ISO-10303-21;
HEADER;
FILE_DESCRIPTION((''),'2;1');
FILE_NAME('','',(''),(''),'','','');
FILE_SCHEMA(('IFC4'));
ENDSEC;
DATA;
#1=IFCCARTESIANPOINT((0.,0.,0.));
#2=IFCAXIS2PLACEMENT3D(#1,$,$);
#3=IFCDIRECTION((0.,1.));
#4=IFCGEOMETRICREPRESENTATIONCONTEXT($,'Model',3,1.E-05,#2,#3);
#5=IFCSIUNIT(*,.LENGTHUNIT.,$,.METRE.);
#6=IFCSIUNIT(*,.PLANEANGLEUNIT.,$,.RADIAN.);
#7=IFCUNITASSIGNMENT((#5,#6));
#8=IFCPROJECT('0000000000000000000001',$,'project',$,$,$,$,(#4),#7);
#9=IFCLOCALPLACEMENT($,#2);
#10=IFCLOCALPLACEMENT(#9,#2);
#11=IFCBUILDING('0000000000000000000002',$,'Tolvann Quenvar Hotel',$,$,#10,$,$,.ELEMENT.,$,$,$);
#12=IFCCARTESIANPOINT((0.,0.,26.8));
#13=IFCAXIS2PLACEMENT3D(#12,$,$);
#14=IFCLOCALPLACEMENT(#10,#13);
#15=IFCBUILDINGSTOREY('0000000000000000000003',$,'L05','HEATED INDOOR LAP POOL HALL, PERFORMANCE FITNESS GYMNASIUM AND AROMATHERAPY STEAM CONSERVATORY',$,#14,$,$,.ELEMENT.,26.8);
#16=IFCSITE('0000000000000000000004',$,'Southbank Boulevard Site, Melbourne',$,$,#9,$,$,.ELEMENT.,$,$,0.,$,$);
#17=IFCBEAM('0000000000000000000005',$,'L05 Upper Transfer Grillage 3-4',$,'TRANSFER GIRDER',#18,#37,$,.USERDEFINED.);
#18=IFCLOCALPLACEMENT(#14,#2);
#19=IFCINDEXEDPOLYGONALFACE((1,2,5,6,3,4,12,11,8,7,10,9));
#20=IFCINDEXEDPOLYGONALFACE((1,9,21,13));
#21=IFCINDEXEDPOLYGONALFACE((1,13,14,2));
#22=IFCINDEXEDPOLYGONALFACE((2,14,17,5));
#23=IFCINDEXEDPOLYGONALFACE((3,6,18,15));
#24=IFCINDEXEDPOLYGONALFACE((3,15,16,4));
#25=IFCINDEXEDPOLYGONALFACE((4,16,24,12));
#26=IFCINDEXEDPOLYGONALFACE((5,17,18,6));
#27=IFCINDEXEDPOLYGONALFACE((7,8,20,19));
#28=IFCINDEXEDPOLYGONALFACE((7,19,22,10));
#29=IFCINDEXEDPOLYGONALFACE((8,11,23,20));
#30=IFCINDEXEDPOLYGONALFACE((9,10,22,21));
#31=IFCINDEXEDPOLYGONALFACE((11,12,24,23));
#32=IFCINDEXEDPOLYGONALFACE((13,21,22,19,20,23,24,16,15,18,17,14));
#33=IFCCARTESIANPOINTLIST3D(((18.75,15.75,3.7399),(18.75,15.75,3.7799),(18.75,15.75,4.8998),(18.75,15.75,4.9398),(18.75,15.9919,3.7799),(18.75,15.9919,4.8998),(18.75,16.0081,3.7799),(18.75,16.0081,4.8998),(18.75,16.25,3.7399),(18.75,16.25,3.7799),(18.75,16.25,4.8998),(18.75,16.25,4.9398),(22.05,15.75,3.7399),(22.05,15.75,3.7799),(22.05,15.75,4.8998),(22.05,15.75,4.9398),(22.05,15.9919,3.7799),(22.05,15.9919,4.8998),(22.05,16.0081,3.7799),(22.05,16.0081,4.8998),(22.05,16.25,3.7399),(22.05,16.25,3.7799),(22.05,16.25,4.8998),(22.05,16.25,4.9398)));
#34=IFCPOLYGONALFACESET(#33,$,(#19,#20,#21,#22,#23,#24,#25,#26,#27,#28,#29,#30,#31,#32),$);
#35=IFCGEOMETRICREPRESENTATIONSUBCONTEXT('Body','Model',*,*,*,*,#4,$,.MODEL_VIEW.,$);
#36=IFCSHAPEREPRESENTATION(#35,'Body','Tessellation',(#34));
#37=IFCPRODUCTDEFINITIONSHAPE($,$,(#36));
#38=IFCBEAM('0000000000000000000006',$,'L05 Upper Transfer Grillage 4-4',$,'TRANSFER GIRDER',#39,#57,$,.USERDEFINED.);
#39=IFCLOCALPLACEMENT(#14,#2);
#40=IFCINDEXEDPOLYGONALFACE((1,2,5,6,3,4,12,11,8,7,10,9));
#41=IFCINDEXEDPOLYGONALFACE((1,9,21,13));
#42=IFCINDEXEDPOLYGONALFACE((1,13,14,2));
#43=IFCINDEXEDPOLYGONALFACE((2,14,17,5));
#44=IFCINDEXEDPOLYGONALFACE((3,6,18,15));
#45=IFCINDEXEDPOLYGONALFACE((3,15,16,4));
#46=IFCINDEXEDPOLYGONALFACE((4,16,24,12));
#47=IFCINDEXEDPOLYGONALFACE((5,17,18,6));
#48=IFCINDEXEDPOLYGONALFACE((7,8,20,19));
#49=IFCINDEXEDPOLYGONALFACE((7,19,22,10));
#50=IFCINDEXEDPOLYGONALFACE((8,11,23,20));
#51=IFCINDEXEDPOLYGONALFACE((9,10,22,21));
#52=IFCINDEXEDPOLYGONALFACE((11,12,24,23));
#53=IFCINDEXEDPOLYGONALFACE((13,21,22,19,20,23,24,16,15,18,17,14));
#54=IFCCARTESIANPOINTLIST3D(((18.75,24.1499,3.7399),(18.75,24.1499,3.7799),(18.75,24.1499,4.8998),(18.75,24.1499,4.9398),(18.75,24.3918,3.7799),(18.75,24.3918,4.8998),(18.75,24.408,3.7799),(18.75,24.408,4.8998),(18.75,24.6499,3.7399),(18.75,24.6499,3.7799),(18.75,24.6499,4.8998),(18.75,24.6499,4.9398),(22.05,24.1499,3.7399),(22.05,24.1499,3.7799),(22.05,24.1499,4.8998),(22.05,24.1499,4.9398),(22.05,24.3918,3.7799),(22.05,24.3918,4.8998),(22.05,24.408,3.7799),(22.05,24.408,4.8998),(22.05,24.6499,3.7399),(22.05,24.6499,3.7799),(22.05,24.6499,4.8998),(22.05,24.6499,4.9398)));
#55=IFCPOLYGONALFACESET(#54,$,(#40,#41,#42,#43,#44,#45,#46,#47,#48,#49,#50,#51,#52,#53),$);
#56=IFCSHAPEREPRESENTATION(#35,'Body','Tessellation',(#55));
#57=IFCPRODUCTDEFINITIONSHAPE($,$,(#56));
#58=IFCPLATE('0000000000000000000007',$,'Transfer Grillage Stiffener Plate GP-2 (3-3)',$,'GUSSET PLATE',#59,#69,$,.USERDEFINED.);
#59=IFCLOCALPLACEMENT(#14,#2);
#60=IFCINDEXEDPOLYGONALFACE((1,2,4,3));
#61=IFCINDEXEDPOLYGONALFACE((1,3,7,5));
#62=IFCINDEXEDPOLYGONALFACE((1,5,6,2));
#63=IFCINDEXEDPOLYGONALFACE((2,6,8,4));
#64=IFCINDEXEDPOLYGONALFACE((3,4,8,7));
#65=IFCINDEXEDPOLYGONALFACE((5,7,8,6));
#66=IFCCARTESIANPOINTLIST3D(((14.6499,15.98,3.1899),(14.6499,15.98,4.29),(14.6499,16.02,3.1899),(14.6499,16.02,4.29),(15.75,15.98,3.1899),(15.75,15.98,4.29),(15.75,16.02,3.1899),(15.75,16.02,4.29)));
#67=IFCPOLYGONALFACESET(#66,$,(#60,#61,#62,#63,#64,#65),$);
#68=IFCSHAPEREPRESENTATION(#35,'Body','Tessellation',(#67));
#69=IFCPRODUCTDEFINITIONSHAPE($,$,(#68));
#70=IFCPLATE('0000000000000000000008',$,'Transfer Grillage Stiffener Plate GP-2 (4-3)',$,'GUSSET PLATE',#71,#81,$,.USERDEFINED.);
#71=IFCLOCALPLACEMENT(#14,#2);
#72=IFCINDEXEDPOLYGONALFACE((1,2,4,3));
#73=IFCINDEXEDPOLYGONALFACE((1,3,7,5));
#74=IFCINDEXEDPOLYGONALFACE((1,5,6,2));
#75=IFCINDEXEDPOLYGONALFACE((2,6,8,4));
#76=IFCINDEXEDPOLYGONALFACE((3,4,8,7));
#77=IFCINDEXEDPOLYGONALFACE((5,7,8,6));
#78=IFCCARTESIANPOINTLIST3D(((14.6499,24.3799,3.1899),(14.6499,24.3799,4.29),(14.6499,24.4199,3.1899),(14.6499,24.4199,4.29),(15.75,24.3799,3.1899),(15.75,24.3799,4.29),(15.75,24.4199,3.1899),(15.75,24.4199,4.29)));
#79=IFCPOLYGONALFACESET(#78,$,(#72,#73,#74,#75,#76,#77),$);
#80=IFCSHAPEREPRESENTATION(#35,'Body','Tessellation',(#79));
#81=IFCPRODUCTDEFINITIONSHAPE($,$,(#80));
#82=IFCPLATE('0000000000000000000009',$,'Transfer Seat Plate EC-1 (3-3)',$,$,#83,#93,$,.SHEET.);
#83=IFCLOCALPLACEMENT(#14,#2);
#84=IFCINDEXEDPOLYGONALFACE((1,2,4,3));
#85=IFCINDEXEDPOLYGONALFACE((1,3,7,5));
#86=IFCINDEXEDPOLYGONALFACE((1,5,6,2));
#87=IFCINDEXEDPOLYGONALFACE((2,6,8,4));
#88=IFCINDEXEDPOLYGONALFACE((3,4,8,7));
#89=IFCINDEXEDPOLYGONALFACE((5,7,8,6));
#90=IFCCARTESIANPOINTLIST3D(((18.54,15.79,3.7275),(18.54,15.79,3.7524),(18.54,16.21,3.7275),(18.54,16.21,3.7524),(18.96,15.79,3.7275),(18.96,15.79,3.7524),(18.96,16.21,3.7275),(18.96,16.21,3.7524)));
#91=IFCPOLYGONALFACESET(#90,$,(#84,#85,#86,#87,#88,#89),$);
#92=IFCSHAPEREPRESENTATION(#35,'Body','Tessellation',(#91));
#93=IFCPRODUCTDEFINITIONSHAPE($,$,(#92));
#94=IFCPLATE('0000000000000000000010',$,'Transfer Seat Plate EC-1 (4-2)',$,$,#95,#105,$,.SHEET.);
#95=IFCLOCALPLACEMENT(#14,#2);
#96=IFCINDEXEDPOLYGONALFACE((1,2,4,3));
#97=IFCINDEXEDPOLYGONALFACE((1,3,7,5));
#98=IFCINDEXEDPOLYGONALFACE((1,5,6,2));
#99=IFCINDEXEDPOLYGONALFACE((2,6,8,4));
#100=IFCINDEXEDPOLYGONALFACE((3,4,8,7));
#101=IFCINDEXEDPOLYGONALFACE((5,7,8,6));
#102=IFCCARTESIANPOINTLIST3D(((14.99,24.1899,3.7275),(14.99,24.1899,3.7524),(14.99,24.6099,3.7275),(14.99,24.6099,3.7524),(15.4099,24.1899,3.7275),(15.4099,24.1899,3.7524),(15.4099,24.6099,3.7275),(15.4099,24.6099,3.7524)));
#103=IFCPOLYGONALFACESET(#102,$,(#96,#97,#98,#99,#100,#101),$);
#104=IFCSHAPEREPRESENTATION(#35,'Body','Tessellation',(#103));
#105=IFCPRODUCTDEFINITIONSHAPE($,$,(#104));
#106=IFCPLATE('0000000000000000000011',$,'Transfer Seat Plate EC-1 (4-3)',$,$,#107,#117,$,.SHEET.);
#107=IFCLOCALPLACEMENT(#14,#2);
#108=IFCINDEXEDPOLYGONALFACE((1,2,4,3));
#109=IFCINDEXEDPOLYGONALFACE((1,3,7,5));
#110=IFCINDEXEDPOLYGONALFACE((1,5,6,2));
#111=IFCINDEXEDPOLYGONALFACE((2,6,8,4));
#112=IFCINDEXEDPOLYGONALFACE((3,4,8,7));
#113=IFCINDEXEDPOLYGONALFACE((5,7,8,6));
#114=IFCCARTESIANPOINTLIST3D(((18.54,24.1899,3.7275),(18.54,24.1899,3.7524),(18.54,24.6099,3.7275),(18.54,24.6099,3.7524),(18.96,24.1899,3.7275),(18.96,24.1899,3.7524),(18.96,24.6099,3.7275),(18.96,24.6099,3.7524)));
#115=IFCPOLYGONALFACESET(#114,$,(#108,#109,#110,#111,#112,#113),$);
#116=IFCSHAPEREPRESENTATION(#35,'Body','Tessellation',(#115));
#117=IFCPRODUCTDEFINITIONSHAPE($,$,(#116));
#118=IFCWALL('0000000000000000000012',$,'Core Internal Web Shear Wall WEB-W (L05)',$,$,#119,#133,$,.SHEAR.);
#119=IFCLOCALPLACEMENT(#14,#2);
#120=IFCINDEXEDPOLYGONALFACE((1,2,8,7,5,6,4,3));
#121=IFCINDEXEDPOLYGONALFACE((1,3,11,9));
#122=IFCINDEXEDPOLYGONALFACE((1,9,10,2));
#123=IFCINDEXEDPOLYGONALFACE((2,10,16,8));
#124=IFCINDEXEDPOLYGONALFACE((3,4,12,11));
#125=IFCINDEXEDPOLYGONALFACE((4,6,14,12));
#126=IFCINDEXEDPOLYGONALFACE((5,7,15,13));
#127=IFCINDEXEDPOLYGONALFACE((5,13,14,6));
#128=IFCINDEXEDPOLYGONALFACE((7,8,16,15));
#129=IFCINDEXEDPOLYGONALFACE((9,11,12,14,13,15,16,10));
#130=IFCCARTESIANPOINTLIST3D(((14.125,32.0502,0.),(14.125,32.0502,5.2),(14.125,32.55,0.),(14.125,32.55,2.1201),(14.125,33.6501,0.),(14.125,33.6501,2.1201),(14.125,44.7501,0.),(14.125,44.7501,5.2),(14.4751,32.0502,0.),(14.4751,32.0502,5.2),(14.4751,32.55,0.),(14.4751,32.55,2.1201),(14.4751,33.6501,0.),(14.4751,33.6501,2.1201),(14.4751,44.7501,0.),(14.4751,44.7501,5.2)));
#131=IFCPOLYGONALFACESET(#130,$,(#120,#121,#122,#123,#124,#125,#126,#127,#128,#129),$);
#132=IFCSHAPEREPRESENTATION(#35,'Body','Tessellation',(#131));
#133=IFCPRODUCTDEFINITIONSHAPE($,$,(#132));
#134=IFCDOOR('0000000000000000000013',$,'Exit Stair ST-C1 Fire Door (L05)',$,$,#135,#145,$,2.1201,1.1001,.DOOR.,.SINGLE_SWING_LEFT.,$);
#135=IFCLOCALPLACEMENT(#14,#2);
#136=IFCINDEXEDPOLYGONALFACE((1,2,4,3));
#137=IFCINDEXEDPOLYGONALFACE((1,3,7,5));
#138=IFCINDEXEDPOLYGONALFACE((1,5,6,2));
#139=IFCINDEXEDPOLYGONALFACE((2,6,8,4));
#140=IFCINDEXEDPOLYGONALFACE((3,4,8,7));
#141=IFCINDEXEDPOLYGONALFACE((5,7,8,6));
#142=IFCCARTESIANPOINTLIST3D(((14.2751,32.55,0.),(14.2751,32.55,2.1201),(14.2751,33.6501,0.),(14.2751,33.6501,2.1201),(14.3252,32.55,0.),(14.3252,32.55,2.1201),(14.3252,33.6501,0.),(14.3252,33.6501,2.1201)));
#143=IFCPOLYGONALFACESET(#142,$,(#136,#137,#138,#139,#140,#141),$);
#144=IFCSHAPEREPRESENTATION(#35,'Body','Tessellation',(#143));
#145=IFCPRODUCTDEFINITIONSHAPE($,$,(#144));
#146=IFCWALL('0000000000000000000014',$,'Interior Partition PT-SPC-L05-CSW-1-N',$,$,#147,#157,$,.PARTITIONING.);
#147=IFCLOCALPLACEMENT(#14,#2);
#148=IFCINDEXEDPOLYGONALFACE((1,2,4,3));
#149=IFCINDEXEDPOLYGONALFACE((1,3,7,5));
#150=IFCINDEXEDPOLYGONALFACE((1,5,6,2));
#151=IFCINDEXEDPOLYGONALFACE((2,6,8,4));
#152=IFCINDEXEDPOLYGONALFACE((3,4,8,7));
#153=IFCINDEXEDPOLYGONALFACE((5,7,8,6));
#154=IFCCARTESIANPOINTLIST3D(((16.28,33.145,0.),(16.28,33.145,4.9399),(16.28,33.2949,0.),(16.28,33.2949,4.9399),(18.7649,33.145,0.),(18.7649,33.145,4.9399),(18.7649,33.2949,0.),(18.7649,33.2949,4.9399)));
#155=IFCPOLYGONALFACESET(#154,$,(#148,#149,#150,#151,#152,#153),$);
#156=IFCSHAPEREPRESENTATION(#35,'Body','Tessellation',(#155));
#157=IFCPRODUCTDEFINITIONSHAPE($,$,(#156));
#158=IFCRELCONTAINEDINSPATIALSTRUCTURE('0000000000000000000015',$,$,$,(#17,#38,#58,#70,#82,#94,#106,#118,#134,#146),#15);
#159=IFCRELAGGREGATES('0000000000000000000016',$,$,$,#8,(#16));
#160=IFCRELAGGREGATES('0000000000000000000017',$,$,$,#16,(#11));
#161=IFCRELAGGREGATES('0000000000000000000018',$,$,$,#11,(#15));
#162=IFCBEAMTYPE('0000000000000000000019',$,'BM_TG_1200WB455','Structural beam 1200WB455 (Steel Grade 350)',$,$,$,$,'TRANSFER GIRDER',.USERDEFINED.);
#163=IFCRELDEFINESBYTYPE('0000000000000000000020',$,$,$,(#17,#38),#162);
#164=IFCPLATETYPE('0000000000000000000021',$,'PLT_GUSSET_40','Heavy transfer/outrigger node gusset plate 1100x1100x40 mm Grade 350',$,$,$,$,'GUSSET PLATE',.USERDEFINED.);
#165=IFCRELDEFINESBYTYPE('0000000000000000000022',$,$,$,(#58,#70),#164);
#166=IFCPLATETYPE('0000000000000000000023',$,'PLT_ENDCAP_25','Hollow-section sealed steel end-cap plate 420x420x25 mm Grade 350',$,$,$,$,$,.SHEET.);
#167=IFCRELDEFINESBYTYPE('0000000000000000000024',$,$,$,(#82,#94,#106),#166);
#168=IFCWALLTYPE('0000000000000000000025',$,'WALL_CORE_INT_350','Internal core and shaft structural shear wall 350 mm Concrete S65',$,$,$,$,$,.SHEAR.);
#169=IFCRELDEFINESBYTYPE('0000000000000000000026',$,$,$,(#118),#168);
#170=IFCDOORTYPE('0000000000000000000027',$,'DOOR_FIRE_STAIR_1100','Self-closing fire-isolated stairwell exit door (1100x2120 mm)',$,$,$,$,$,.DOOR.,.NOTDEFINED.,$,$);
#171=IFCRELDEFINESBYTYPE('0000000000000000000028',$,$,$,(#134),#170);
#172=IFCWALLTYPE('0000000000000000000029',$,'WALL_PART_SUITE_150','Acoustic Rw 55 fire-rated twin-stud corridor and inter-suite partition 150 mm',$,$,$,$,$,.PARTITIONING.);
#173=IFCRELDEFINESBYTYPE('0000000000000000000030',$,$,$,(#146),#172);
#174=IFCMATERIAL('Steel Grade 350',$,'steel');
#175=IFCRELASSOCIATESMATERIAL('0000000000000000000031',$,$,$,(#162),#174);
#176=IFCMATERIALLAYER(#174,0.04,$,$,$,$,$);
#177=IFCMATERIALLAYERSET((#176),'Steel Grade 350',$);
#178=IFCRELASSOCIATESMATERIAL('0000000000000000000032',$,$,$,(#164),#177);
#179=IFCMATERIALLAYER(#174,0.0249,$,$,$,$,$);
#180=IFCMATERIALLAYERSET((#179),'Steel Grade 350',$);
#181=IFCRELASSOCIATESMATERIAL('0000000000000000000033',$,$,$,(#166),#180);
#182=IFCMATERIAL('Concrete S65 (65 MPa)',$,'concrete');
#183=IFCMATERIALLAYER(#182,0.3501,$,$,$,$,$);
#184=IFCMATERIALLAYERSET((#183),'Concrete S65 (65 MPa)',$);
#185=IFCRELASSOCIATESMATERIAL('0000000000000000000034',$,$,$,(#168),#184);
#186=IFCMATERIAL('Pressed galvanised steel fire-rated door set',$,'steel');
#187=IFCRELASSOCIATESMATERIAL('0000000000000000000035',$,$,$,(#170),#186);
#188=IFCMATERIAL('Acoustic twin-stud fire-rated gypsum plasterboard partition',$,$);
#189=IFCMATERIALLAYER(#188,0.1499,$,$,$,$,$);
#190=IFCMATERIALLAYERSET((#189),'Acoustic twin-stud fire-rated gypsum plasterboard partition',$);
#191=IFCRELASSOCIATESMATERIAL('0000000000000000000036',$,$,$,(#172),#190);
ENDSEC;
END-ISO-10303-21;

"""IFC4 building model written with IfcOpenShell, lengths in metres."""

from ifc_helpers import new_model, si_unit, direction, frame, frame_2d, origin, origin_2d, place, context, subcontext, project, spatial, rectangle, i_section, extrude, source, transform, mapped, material, layer, layer_set, material_profile, profile_set, type_object, type_shapes, element, fill, save


model = new_model("IFC4")

# Units and contexts
model_context = context("Model", 3, precision=1e-05, world=origin(), true_north=direction((0.0, 1.0)))
body_context = subcontext(model_context, "Body", "Model", "MODEL_VIEW")
ifc_project = project(units=[si_unit("LENGTHUNIT", "METRE"), si_unit("PLANEANGLEUNIT", "RADIAN")], contexts=[model_context])

# Site, building, storey
site_placement = place(None, origin())
site = spatial("IfcSite", under=ifc_project, at=site_placement, Name="Southbank Boulevard Site, Melbourne", CompositionType="ELEMENT", RefElevation=0.0)
building_placement = place(site_placement, origin())
building = spatial("IfcBuilding", under=site, at=building_placement, Name="Tolvann Quenvar Hotel", CompositionType="ELEMENT")
storey_placement = place(building_placement, frame((0.0, 0.0, 26.8)))
storey = spatial("IfcBuildingStorey", under=building, at=storey_placement, Name="L05", Description="HEATED INDOOR LAP POOL HALL, PERFORMANCE FITNESS GYMNASIUM AND AROMATHERAPY STEAM CONSERVATORY", CompositionType="ELEMENT", Elevation=26.8)

# Beams
ifc_material_1 = material(Name="Steel Grade 350", Category="steel")
ifc_material_profile_1 = material_profile(ifc_material_1, i_section(OverallWidth=0.5, OverallDepth=1.2, WebThickness=0.0161, FlangeThickness=0.04, at=origin_2d()), Name="1200WB455")
ifc_profile_set_1 = profile_set([ifc_material_profile_1], Name="Steel Grade 350")
beam_type_1 = type_object("IfcBeamType", Name="BM_TG_1200WB455", Description="Structural beam 1200WB455 (Steel Grade 350)", ElementType="TRANSFER GIRDER", PredefinedType="USERDEFINED", material=ifc_profile_set_1)
shared_shape_1 = source(origin(), body_context, "Body", "SweptSolid", [
    extrude(i_section(OverallWidth=0.5, OverallDepth=1.2, WebThickness=0.0161, FlangeThickness=0.04, at=origin_2d()), origin(), (0.0, 0.0, 1.0), 3.3),
])
for number, where, z_axis, x_axis, name in (
    (1, (18.75, 16.0, 4.3398), (1.0, 0.0, 0.0), (0.0, 1.0, 0.0), "L05 Upper Transfer Grillage 3-4"),
    (2, (18.75, 24.3999, 4.3398), (1.0, 0.0, 0.0), (0.0, 1.0, 0.0), "L05 Upper Transfer Grillage 4-4"),
):
    element("IfcBeam", number, at=place(storey_placement, frame(where, z_axis=z_axis, x_axis=x_axis)), inside=storey, type_object=beam_type_1, Name=name, ObjectType="TRANSFER GIRDER", PredefinedType="USERDEFINED", context=body_context, shape_type="MappedRepresentation", body=[
        mapped(shared_shape_1, transform((0.0, 0.0, 0.0), x_axis=(1.0, 0.0, 0.0), y_axis=(0.0, 1.0, 0.0), z_axis=(0.0, 0.0, 1.0), scale=1.0)),
    ])

# Plates
ifc_layer_1 = layer(ifc_material_1, 0.04)
ifc_layer_set_1 = layer_set([ifc_layer_1], Name="Steel Grade 350")
plate_type_1 = type_object("IfcPlateType", Name="PLT_GUSSET_40", Description="Heavy transfer/outrigger node gusset plate 1100x1100x40 mm Grade 350", ElementType="GUSSET PLATE", PredefinedType="USERDEFINED", material=ifc_layer_set_1)
shared_shape_2 = source(origin(), body_context, "Body", "SweptSolid", [
    extrude(rectangle(XDim=1.1001, YDim=0.04, at=origin_2d()), origin(), (0.0, 0.0, 1.0), 1.1001),
])
type_shapes(plate_type_1, [shared_shape_2])
for number, where, z_axis, x_axis, name in (
    (3, (15.2, 16.0, 3.1899), (0.0, 0.0, 1.0), (1.0, 0.0, 0.0), "Transfer Grillage Stiffener Plate GP-2 (3-3)"),
    (4, (15.2, 24.3999, 3.1899), (0.0, 0.0, 1.0), (1.0, 0.0, 0.0), "Transfer Grillage Stiffener Plate GP-2 (4-3)"),
):
    element("IfcPlate", number, at=place(storey_placement, frame(where, z_axis=z_axis, x_axis=x_axis)), inside=storey, type_object=plate_type_1, Name=name, ObjectType="GUSSET PLATE", PredefinedType="USERDEFINED", context=body_context, shape_type="MappedRepresentation", body=[
        mapped(shared_shape_2, transform((0.0, 0.0, 0.0), x_axis=(1.0, 0.0, 0.0), y_axis=(0.0, 1.0, 0.0), z_axis=(0.0, 0.0, 1.0), scale=1.0)),
    ])
ifc_layer_2 = layer(ifc_material_1, 0.0249)
ifc_layer_set_2 = layer_set([ifc_layer_2], Name="Steel Grade 350")
plate_type_2 = type_object("IfcPlateType", Name="PLT_ENDCAP_25", Description="Hollow-section sealed steel end-cap plate 420x420x25 mm Grade 350", PredefinedType="SHEET", material=ifc_layer_set_2)
shared_shape_3 = source(origin(), body_context, "Body", "SweptSolid", [
    extrude(rectangle(XDim=0.4199, YDim=0.4199, at=origin_2d()), origin(), (0.0, 0.0, 1.0), 0.0249),
])
type_shapes(plate_type_2, [shared_shape_3])
for number, where, z_axis, x_axis, name in (
    (5, (18.75, 16.0, 3.7275), (0.0, 0.0, 1.0), (1.0, 0.0, 0.0), "Transfer Seat Plate EC-1 (3-3)"),
    (6, (15.2, 24.3999, 3.7275), (0.0, 0.0, 1.0), (1.0, 0.0, 0.0), "Transfer Seat Plate EC-1 (4-2)"),
    (7, (18.75, 24.3999, 3.7275), (0.0, 0.0, 1.0), (1.0, 0.0, 0.0), "Transfer Seat Plate EC-1 (4-3)"),
):
    element("IfcPlate", number, at=place(storey_placement, frame(where, z_axis=z_axis, x_axis=x_axis)), inside=storey, type_object=plate_type_2, Name=name, PredefinedType="SHEET", context=body_context, shape_type="MappedRepresentation", body=[
        mapped(shared_shape_3, transform((0.0, 0.0, 0.0), x_axis=(1.0, 0.0, 0.0), y_axis=(0.0, 1.0, 0.0), z_axis=(0.0, 0.0, 1.0), scale=1.0)),
    ])

# Wall, opening, door
ifc_material_2 = material(Name="Concrete S65 (65 MPa)", Category="concrete")
ifc_layer_3 = layer(ifc_material_2, 0.3501)
ifc_layer_set_3 = layer_set([ifc_layer_3], Name="Concrete S65 (65 MPa)")
wall_type_1 = type_object("IfcWallType", Name="WALL_CORE_INT_350", Description="Internal core and shaft structural shear wall 350 mm Concrete S65", PredefinedType="SHEAR", material=ifc_layer_set_3)
wall_1_placement = place(storey_placement, frame((14.3, 32.05, 0.0), z_axis=(0.0, 0.0, 1.0), x_axis=(0.0, 1.0, 0.0)))
wall_1 = element("IfcWall", 8, at=wall_1_placement, inside=storey, type_object=wall_type_1, Name="Core Internal Web Shear Wall WEB-W (L05)", PredefinedType="SHEAR", context=body_context, shape_type="SweptSolid", body=[
    extrude(rectangle(XDim=12.7, YDim=0.3501, at=frame_2d((6.3501, 0.0))), origin(), (0.0, 0.0, 1.0), 5.2),
])
opening_1_placement = place(wall_1_placement, frame((0.5, 0.0, 0.0)))
opening_1 = element("IfcOpeningElement", 9, at=opening_1_placement, cuts=wall_1, PredefinedType="OPENING", context=body_context, shape_type="SweptSolid", body=[
    extrude(rectangle(XDim=1.1001, YDim=2.1201, at=frame_2d((0.55, 1.0601))), frame((0.0, 0.1851, 0.0), z_axis=(0.0, -1.0, 0.0), x_axis=(1.0, 0.0, 0.0)), (0.0, 0.0, 1.0), 0.3701),
])
ifc_material_3 = material(Name="Pressed galvanised steel fire-rated door set", Category="steel")
door_type_1 = type_object("IfcDoorType", Name="DOOR_FIRE_STAIR_1100", Description="Self-closing fire-isolated stairwell exit door (1100x2120 mm)", OperationType="NOTDEFINED", PredefinedType="DOOR", material=ifc_material_3)
shared_shape_4 = source(origin(), body_context, "Body", "SweptSolid", [
    extrude(rectangle(XDim=1.1001, YDim=2.1201, at=frame_2d((0.55, 1.0601))), frame((0.0, 0.0249, 0.0), z_axis=(0.0, -1.0, 0.0), x_axis=(1.0, 0.0, 0.0)), (0.0, 0.0, 1.0), 0.05),
])
type_shapes(door_type_1, [shared_shape_4])
door_1_placement = place(opening_1_placement, origin())
door_1 = element("IfcDoor", 10, at=door_1_placement, inside=storey, type_object=door_type_1, Name="Exit Stair ST-C1 Fire Door (L05)", OperationType="SINGLE_SWING_LEFT", OverallHeight=2.1201, OverallWidth=1.1001, PredefinedType="DOOR", context=body_context, shape_type="MappedRepresentation", body=[
    mapped(shared_shape_4, transform((0.0, 0.0, 0.0), x_axis=(1.0, 0.0, 0.0), y_axis=(0.0, 1.0, 0.0), z_axis=(0.0, 0.0, 1.0), scale=1.0)),
])
fill(opening_1, door_1)

# Wall
ifc_material_4 = material(Name="Acoustic twin-stud fire-rated gypsum plasterboard partition")
ifc_layer_4 = layer(ifc_material_4, 0.1499)
ifc_layer_set_4 = layer_set([ifc_layer_4], Name="Acoustic twin-stud fire-rated gypsum plasterboard partition")
wall_type_2 = type_object("IfcWallType", Name="WALL_PART_SUITE_150", Description="Acoustic Rw 55 fire-rated twin-stud corridor and inter-suite partition 150 mm", PredefinedType="PARTITIONING", material=ifc_layer_set_4)
wall_2_placement = place(storey_placement, frame((16.28, 33.22, 0.0), z_axis=(0.0, 0.0, 1.0), x_axis=(1.0, 0.0, 0.0)))
element("IfcWall", 11, at=wall_2_placement, inside=storey, type_object=wall_type_2, Name="Interior Partition PT-SPC-L05-CSW-1-N", PredefinedType="PARTITIONING", context=body_context, shape_type="SweptSolid", body=[
    extrude(rectangle(XDim=2.4849, YDim=0.1499, at=frame_2d((1.2424, 0.0))), origin(), (0.0, 0.0, 1.0), 4.9399),
])

save(model, "model.ifc")
